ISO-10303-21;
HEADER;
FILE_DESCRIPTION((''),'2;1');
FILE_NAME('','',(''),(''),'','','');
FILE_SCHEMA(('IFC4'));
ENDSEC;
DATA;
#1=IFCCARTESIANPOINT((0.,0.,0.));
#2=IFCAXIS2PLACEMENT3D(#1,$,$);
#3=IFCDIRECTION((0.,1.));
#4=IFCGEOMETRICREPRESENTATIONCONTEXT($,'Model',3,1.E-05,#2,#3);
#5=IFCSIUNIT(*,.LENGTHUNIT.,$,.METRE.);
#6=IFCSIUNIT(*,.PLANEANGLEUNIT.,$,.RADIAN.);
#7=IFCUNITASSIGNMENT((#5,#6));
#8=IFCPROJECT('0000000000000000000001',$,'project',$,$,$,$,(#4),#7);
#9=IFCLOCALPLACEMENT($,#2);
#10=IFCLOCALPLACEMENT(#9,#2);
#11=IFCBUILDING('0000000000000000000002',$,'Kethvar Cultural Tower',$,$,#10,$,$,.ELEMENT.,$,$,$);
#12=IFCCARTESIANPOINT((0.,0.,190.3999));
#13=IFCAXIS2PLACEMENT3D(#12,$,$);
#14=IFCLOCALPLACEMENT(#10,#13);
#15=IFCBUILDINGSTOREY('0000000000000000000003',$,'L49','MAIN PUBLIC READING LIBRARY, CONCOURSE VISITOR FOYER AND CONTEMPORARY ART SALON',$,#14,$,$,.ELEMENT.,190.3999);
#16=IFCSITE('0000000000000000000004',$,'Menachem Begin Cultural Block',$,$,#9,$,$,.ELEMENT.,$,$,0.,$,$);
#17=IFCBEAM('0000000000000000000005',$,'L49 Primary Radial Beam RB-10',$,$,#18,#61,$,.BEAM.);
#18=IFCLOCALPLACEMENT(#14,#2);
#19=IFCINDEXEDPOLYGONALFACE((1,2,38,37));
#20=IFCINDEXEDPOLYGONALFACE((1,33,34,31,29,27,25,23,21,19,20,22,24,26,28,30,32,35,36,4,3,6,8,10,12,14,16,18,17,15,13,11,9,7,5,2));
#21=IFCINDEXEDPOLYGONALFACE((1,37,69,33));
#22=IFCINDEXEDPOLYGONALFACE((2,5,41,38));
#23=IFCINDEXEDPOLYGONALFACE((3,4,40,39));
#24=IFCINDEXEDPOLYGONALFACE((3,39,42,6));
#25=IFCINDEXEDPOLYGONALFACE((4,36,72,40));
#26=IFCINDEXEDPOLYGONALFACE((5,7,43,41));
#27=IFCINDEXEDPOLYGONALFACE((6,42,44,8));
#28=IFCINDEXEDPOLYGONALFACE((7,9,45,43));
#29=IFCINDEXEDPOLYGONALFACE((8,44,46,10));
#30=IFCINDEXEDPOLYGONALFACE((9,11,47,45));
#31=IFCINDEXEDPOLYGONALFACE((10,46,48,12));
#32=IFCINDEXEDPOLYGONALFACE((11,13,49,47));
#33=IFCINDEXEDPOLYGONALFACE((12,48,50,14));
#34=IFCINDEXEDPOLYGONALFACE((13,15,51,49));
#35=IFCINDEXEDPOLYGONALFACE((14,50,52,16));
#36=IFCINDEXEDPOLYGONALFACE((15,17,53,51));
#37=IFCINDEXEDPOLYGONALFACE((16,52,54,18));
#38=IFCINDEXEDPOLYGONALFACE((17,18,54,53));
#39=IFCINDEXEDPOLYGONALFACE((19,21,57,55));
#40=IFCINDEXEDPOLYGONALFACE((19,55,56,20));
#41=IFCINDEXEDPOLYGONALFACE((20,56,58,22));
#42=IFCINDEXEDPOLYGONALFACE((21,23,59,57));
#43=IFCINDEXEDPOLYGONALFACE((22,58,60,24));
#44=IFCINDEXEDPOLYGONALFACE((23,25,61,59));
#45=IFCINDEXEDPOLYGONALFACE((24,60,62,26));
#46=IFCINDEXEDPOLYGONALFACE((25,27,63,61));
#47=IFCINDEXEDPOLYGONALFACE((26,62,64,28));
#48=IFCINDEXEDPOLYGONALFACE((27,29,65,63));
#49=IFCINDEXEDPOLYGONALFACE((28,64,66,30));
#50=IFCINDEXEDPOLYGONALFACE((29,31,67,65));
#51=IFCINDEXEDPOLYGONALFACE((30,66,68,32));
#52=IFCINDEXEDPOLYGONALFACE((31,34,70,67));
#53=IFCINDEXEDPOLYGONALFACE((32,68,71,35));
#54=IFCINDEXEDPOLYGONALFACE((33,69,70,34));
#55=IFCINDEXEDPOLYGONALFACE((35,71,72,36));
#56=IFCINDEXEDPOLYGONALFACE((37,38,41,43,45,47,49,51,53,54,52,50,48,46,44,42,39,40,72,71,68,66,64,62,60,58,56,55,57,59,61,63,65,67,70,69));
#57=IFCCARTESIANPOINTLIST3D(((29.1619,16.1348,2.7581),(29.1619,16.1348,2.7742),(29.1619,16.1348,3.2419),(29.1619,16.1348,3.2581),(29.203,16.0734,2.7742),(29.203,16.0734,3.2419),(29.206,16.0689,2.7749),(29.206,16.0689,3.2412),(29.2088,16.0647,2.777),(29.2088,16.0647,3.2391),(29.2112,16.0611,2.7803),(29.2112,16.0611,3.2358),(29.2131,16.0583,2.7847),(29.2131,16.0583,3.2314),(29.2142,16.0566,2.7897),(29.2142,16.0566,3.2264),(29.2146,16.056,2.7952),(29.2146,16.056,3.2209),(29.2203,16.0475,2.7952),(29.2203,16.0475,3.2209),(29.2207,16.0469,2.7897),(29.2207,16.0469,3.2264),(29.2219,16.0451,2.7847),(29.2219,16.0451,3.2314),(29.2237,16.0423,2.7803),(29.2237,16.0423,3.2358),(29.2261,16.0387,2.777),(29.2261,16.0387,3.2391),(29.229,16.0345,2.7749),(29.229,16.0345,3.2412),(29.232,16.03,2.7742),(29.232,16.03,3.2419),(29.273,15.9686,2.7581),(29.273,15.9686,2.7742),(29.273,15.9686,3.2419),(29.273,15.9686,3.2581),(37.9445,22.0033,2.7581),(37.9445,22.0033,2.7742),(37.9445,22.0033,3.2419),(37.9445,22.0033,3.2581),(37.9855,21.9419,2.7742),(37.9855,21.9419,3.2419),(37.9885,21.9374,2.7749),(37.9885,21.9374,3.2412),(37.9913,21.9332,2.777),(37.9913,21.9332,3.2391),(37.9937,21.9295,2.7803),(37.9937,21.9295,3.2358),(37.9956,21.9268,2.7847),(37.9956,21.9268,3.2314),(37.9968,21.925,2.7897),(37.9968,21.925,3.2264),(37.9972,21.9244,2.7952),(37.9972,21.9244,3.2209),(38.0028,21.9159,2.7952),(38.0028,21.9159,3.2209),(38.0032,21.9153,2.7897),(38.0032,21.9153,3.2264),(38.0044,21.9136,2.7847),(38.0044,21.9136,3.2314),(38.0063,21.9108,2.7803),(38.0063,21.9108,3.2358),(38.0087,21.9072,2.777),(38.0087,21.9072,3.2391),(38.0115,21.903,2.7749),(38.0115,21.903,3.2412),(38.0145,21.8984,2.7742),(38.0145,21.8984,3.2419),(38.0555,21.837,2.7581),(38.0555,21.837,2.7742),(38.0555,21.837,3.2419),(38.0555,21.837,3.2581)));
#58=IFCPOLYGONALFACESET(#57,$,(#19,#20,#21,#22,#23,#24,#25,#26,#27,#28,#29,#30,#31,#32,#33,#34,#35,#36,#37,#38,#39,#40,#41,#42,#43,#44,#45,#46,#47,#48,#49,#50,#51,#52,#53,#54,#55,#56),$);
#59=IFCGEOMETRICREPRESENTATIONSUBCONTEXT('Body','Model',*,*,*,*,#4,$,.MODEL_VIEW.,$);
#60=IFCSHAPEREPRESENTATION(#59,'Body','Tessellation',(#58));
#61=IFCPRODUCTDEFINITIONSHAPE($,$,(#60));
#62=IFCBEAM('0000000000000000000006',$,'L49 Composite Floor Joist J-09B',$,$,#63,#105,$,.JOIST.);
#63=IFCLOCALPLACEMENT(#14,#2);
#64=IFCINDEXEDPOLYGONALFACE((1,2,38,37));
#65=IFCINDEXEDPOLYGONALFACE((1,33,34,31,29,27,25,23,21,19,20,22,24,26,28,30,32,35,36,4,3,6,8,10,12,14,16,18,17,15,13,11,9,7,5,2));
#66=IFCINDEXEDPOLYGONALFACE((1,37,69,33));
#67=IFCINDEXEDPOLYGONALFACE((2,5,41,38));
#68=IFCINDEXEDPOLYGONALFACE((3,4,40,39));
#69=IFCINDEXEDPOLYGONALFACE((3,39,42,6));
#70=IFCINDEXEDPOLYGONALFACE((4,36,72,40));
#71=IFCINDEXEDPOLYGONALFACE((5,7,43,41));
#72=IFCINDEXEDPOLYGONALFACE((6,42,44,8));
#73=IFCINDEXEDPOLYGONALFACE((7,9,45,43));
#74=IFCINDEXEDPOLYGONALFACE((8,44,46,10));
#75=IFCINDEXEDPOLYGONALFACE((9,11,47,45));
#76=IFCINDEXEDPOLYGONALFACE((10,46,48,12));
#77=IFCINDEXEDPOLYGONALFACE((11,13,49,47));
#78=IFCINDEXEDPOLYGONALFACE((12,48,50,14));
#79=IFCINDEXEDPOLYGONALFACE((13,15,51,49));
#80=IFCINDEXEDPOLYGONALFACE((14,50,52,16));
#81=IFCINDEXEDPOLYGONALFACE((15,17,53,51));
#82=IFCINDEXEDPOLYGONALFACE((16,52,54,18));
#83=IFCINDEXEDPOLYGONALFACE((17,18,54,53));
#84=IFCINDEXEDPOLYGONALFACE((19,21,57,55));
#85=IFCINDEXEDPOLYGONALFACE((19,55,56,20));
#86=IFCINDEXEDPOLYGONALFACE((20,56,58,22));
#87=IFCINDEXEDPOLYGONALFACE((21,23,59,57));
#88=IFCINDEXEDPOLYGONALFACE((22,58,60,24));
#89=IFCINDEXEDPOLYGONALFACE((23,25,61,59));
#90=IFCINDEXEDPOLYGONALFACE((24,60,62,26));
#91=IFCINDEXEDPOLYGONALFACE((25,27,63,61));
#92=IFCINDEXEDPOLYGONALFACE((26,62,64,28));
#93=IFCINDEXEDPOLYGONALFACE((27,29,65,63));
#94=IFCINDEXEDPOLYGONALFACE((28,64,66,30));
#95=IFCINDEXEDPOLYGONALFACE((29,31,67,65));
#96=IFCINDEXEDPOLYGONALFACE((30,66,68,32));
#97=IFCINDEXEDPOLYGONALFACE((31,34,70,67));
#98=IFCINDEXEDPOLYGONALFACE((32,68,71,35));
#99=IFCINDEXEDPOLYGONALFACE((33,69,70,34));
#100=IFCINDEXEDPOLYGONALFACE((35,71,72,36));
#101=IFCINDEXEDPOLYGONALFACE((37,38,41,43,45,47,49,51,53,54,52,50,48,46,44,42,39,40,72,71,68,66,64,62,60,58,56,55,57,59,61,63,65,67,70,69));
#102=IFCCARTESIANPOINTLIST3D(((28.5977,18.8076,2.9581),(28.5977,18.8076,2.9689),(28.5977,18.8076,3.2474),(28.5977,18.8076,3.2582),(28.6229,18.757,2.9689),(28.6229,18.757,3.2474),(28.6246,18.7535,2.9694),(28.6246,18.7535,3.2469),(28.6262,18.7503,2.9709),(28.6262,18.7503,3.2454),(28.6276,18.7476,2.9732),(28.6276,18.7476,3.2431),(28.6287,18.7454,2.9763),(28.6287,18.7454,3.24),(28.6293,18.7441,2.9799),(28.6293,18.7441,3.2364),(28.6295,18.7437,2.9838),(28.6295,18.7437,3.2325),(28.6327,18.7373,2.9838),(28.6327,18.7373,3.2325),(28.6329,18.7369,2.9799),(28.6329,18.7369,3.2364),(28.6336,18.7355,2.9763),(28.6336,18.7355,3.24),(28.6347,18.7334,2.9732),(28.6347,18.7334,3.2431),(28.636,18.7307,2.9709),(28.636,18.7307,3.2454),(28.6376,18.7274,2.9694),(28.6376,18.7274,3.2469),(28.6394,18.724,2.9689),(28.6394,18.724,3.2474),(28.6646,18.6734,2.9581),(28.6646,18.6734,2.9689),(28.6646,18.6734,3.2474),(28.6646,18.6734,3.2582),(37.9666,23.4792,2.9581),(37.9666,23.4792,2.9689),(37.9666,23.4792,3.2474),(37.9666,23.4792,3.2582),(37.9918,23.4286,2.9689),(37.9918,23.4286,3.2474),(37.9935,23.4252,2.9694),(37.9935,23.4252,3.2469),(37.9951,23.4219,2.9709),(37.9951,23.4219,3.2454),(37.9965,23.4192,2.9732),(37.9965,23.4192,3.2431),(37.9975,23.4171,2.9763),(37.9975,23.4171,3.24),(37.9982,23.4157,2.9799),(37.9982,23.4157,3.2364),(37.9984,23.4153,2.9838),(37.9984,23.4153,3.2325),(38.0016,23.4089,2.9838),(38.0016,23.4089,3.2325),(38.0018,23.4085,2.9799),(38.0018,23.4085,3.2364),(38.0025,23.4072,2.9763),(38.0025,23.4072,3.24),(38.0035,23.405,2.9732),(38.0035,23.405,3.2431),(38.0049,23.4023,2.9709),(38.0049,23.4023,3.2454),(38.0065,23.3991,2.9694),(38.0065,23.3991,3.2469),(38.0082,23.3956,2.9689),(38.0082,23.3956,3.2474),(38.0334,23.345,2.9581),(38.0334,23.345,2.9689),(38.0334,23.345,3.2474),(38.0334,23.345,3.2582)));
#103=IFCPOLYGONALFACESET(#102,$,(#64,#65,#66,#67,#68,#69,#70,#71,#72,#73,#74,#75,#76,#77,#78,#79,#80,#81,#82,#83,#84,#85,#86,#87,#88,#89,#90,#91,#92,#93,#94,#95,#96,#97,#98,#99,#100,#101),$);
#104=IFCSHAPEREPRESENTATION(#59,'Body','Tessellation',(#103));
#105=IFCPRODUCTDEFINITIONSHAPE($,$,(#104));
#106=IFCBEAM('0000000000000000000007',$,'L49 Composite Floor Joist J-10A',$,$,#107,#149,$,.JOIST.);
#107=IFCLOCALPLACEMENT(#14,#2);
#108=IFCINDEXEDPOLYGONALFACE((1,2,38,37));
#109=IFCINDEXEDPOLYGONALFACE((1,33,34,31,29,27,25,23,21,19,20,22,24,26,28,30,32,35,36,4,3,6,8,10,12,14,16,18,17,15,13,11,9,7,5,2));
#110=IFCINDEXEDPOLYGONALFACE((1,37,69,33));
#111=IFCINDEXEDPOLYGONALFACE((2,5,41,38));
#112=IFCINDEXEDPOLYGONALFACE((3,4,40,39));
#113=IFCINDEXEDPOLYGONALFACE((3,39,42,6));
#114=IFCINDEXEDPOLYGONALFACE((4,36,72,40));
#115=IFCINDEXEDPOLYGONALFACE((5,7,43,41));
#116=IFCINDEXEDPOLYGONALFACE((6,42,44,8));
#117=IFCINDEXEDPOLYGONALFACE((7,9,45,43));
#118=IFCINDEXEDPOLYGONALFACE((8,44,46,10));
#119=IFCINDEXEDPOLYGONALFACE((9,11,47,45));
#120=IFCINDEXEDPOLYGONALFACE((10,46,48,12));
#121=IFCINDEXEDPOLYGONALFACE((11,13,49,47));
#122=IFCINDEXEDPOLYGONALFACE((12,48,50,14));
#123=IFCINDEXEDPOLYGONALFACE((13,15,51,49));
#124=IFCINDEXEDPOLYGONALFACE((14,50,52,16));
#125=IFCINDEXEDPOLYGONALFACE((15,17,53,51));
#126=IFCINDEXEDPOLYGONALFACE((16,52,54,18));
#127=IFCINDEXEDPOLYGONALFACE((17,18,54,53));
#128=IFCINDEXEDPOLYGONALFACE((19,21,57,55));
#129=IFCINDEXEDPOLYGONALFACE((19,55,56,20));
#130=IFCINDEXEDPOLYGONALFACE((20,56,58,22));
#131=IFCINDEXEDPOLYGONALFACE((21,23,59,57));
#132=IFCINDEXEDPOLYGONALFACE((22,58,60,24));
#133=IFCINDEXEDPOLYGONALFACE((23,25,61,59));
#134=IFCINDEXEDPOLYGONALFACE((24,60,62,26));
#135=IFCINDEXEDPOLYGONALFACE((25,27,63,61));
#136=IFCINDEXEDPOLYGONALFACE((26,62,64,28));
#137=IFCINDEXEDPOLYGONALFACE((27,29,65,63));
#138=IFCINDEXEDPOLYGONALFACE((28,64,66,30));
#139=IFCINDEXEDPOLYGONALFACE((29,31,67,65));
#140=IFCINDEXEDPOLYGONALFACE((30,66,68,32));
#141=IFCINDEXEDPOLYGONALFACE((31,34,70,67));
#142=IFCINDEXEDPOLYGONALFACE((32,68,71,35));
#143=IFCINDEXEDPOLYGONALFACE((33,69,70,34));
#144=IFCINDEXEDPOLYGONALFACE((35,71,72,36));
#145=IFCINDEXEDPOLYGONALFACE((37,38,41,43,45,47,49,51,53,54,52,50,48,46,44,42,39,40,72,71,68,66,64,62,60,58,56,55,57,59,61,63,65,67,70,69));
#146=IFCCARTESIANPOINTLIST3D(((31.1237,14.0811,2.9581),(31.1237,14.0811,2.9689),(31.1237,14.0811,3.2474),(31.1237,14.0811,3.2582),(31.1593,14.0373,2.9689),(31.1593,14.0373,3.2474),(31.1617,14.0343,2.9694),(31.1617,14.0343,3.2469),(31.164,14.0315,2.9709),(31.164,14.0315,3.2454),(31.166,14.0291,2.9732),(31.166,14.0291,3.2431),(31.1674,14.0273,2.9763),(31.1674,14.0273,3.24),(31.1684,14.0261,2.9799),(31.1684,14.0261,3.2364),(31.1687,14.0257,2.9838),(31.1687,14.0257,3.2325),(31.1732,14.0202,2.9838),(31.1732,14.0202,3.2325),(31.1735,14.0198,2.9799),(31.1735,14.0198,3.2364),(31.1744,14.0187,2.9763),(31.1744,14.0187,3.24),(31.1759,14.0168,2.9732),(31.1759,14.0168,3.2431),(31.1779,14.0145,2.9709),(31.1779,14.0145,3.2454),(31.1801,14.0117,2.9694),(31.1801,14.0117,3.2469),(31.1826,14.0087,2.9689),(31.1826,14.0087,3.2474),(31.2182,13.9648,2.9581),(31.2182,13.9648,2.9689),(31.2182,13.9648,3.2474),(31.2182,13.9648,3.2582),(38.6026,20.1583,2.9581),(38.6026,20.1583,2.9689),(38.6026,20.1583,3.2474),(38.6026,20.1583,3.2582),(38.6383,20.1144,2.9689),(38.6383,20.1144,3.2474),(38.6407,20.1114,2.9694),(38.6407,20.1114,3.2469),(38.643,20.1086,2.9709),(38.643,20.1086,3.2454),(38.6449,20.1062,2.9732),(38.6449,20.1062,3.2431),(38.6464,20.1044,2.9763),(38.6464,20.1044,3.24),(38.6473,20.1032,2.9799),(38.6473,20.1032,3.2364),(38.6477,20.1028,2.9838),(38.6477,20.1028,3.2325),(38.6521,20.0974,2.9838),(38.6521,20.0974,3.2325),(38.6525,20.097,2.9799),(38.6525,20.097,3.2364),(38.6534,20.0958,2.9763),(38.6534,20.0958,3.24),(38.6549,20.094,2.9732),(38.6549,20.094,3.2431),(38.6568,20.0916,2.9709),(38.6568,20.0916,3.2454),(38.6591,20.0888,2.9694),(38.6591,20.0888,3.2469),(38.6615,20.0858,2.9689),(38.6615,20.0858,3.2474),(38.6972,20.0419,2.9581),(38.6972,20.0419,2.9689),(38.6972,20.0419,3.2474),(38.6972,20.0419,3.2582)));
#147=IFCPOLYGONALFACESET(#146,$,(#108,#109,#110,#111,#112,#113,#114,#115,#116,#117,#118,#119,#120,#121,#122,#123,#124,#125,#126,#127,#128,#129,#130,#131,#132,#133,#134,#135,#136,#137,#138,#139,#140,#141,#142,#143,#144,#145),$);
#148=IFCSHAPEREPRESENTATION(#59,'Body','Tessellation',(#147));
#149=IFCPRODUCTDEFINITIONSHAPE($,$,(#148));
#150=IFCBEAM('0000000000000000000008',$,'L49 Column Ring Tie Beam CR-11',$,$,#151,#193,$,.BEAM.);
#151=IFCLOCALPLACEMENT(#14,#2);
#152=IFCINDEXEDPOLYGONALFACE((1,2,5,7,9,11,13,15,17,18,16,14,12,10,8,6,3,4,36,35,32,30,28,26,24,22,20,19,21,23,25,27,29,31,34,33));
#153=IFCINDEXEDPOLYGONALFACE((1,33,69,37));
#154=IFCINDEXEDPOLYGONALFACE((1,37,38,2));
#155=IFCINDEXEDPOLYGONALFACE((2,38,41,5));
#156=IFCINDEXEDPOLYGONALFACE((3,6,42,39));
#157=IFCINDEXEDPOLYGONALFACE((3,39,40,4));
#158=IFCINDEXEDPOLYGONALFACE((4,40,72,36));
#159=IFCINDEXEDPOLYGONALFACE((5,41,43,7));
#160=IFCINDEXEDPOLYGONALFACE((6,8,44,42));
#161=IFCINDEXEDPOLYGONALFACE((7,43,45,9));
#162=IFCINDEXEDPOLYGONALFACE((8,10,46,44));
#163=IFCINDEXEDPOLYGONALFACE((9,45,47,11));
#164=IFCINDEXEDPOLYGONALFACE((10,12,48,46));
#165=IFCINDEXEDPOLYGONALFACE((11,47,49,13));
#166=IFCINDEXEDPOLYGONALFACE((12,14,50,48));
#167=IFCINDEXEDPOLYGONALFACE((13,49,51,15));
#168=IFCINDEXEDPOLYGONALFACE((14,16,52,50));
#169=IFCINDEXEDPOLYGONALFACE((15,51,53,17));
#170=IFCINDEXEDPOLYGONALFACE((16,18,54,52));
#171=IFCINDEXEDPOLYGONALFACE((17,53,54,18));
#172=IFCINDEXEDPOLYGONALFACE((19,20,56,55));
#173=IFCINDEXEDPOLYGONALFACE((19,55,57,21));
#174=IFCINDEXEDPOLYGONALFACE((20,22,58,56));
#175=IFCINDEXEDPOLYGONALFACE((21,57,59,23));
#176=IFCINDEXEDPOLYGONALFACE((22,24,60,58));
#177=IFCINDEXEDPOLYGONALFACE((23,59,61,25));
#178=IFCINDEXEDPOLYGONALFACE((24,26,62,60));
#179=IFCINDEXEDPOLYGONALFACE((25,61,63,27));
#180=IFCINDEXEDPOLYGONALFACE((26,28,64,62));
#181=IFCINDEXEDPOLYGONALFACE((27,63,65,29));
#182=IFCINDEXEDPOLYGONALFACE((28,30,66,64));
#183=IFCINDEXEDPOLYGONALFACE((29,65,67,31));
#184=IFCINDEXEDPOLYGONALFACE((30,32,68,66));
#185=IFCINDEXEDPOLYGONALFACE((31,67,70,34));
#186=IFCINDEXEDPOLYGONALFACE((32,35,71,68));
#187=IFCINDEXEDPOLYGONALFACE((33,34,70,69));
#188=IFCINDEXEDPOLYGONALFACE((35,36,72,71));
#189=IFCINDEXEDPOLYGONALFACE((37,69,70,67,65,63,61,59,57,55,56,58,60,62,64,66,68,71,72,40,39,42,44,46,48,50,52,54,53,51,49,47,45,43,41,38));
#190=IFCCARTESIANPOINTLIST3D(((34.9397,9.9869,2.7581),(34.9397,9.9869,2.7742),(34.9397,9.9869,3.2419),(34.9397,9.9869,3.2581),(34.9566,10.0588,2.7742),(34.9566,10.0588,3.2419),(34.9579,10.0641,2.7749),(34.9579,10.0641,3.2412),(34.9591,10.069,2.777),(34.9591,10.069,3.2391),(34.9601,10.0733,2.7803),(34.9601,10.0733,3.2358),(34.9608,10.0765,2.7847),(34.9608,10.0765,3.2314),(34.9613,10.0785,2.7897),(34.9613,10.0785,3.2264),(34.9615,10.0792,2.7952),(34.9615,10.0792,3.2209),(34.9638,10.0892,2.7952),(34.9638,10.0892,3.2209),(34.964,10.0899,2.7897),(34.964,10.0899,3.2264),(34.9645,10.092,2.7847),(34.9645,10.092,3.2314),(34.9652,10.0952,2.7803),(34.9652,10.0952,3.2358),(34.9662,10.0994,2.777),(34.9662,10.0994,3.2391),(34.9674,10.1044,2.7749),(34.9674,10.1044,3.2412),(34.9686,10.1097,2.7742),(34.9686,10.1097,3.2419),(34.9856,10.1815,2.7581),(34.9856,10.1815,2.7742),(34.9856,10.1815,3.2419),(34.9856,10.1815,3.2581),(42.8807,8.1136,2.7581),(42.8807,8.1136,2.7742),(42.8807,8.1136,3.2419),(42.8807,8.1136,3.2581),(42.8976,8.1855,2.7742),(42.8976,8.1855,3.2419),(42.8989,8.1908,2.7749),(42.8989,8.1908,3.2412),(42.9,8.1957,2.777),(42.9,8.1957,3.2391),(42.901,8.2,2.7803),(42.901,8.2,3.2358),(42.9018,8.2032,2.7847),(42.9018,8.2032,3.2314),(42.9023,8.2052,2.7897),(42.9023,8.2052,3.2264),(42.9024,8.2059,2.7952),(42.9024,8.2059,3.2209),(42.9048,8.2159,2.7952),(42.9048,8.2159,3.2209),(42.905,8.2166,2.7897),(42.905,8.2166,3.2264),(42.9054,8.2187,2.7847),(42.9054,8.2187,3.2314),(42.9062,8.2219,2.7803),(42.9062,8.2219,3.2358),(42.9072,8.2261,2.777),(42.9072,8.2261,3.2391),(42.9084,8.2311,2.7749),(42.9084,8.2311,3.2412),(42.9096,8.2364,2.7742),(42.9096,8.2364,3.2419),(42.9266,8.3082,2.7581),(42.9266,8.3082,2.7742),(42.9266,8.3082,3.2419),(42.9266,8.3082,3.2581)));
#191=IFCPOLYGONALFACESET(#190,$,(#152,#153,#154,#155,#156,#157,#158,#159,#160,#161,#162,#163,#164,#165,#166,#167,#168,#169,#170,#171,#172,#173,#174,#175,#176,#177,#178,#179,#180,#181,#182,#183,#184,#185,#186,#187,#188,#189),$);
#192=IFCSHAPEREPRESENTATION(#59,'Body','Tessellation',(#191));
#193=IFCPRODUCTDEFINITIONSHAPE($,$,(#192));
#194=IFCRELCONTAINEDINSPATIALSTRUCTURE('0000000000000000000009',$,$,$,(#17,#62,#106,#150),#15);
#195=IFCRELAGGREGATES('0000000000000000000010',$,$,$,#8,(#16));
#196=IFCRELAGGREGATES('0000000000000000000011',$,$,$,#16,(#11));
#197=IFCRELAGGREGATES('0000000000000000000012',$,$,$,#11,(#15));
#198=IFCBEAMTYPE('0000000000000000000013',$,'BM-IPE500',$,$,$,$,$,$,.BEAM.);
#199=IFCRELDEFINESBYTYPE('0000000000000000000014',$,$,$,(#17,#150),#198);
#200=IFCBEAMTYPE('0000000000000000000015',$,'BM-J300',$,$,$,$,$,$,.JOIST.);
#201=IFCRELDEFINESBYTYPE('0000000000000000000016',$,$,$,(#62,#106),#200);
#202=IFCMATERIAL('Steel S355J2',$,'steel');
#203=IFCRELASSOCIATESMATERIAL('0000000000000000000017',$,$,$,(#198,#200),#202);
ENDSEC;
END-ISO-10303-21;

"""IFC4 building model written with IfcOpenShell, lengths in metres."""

from ifc_helpers import new_model, si_unit, direction, frame, origin, origin_2d, place, context, subcontext, project, spatial, i_section, extrude, source, transform, mapped, material, material_profile, profile_set, type_object, element, save


model = new_model("IFC4")

# Units and contexts
model_context = context("Model", 3, precision=1e-05, world=origin(), true_north=direction((0.0, 1.0)))
body_context = subcontext(model_context, "Body", "Model", "MODEL_VIEW")
ifc_project = project(units=[si_unit("LENGTHUNIT", "METRE"), si_unit("PLANEANGLEUNIT", "RADIAN")], contexts=[model_context])

# Site, building, storey
site_placement = place(None, origin())
site = spatial("IfcSite", under=ifc_project, at=site_placement, Name="Menachem Begin Cultural Block", CompositionType="ELEMENT", RefElevation=0.0)
building_placement = place(site_placement, origin())
building = spatial("IfcBuilding", under=site, at=building_placement, Name="Kethvar Cultural Tower", CompositionType="ELEMENT")
storey_placement = place(building_placement, frame((0.0, 0.0, 190.3999)))
storey = spatial("IfcBuildingStorey", under=building, at=storey_placement, Name="L49", Description="MAIN PUBLIC READING LIBRARY, CONCOURSE VISITOR FOYER AND CONTEMPORARY ART SALON", CompositionType="ELEMENT", Elevation=190.3999)

# Beams
ifc_material_1 = material(Name="Steel S355J2", Category="steel")
ifc_material_profile_1 = material_profile(ifc_material_1, i_section(OverallWidth=0.2, OverallDepth=0.5, WebThickness=0.0103, FlangeThickness=0.0161, FilletRadius=0.021, at=origin_2d()), Name="Steel S355J2 — IPE500")
ifc_profile_set_1 = profile_set([ifc_material_profile_1], Name="Steel S355J2 — IPE500")
beam_type_1 = type_object("IfcBeamType", Name="BM-IPE500", PredefinedType="BEAM", material=ifc_profile_set_1)
shared_shape_1 = source(origin(), body_context, "Body", "SweptSolid", [
    extrude(i_section(OverallWidth=0.2, OverallDepth=0.5, WebThickness=0.0103, FlangeThickness=0.0161, FilletRadius=0.021, at=origin_2d()), origin(), (0.0, 0.0, 1.0), 10.5627),
])
beam_1_placement = place(storey_placement, frame((38.0, 21.9202, 3.0081), z_axis=(-0.831463, -0.55558, 0.0), x_axis=(0.55558, -0.831463, 0.0)))
element("IfcBeam", 1, at=beam_1_placement, inside=storey, type_object=beam_type_1, Name="L49 Primary Radial Beam RB-10", PredefinedType="BEAM", context=body_context, shape_type="MappedRepresentation", body=[
    mapped(shared_shape_1, transform((0.0, 0.0, 0.0), scale=1.0)),
])
ifc_material_profile_2 = material_profile(ifc_material_1, i_section(OverallWidth=0.1499, OverallDepth=0.3, WebThickness=0.0071, FlangeThickness=0.0107, FilletRadius=0.0149, at=origin_2d()), Name="Steel S355J2 — IPE300")
ifc_profile_set_2 = profile_set([ifc_material_profile_2], Name="Steel S355J2 — IPE300")
beam_type_2 = type_object("IfcBeamType", Name="BM-J300", PredefinedType="JOIST", material=ifc_profile_set_2)
shared_shape_2 = source(origin(), body_context, "Body", "SweptSolid", [
    extrude(i_section(OverallWidth=0.1499, OverallDepth=0.3, WebThickness=0.0071, FlangeThickness=0.0107, FilletRadius=0.0149, at=origin_2d()), origin(), (0.0, 0.0, 1.0), 10.469),
])
beam_2_placement = place(storey_placement, frame((38.0, 23.4121, 3.1082), z_axis=(-0.894916, -0.446234, 0.0), x_axis=(0.446234, -0.894916, 0.0)))
element("IfcBeam", 2, at=beam_2_placement, inside=storey, type_object=beam_type_2, Name="L49 Composite Floor Joist J-09B", PredefinedType="JOIST", context=body_context, shape_type="MappedRepresentation", body=[
    mapped(shared_shape_2, transform((0.0, 0.0, 0.0), scale=1.0)),
])
shared_shape_3 = source(origin(), body_context, "Body", "SweptSolid", [
    extrude(i_section(OverallWidth=0.1499, OverallDepth=0.3, WebThickness=0.0071, FlangeThickness=0.0107, FilletRadius=0.0149, at=origin_2d()), origin(), (0.0, 0.0, 1.0), 9.6367),
])
beam_3_placement = place(storey_placement, frame((38.6499, 20.1001, 3.1082), z_axis=(-0.776091, -0.630621, 0.0), x_axis=(0.630621, -0.776091, 0.0)))
element("IfcBeam", 3, at=beam_3_placement, inside=storey, type_object=beam_type_2, Name="L49 Composite Floor Joist J-10A", PredefinedType="JOIST", context=body_context, shape_type="MappedRepresentation", body=[
    mapped(shared_shape_3, transform((0.0, 0.0, 0.0), scale=1.0)),
])
shared_shape_4 = source(origin(), body_context, "Body", "SweptSolid", [
    extrude(i_section(OverallWidth=0.2, OverallDepth=0.5, WebThickness=0.0103, FlangeThickness=0.0161, FilletRadius=0.021, at=origin_2d()), origin(), (0.0, 0.0, 1.0), 8.1589),
])
beam_4_placement = place(storey_placement, frame((34.9626, 10.0842, 3.0081), z_axis=(0.973285, -0.229601, 0.0), x_axis=(0.229601, 0.973285, 0.0)))
element("IfcBeam", 4, at=beam_4_placement, inside=storey, type_object=beam_type_1, Name="L49 Column Ring Tie Beam CR-11", PredefinedType="BEAM", context=body_context, shape_type="MappedRepresentation", body=[
    mapped(shared_shape_4, transform((0.0, 0.0, 0.0), scale=1.0)),
])

save(model, "model.ifc")
